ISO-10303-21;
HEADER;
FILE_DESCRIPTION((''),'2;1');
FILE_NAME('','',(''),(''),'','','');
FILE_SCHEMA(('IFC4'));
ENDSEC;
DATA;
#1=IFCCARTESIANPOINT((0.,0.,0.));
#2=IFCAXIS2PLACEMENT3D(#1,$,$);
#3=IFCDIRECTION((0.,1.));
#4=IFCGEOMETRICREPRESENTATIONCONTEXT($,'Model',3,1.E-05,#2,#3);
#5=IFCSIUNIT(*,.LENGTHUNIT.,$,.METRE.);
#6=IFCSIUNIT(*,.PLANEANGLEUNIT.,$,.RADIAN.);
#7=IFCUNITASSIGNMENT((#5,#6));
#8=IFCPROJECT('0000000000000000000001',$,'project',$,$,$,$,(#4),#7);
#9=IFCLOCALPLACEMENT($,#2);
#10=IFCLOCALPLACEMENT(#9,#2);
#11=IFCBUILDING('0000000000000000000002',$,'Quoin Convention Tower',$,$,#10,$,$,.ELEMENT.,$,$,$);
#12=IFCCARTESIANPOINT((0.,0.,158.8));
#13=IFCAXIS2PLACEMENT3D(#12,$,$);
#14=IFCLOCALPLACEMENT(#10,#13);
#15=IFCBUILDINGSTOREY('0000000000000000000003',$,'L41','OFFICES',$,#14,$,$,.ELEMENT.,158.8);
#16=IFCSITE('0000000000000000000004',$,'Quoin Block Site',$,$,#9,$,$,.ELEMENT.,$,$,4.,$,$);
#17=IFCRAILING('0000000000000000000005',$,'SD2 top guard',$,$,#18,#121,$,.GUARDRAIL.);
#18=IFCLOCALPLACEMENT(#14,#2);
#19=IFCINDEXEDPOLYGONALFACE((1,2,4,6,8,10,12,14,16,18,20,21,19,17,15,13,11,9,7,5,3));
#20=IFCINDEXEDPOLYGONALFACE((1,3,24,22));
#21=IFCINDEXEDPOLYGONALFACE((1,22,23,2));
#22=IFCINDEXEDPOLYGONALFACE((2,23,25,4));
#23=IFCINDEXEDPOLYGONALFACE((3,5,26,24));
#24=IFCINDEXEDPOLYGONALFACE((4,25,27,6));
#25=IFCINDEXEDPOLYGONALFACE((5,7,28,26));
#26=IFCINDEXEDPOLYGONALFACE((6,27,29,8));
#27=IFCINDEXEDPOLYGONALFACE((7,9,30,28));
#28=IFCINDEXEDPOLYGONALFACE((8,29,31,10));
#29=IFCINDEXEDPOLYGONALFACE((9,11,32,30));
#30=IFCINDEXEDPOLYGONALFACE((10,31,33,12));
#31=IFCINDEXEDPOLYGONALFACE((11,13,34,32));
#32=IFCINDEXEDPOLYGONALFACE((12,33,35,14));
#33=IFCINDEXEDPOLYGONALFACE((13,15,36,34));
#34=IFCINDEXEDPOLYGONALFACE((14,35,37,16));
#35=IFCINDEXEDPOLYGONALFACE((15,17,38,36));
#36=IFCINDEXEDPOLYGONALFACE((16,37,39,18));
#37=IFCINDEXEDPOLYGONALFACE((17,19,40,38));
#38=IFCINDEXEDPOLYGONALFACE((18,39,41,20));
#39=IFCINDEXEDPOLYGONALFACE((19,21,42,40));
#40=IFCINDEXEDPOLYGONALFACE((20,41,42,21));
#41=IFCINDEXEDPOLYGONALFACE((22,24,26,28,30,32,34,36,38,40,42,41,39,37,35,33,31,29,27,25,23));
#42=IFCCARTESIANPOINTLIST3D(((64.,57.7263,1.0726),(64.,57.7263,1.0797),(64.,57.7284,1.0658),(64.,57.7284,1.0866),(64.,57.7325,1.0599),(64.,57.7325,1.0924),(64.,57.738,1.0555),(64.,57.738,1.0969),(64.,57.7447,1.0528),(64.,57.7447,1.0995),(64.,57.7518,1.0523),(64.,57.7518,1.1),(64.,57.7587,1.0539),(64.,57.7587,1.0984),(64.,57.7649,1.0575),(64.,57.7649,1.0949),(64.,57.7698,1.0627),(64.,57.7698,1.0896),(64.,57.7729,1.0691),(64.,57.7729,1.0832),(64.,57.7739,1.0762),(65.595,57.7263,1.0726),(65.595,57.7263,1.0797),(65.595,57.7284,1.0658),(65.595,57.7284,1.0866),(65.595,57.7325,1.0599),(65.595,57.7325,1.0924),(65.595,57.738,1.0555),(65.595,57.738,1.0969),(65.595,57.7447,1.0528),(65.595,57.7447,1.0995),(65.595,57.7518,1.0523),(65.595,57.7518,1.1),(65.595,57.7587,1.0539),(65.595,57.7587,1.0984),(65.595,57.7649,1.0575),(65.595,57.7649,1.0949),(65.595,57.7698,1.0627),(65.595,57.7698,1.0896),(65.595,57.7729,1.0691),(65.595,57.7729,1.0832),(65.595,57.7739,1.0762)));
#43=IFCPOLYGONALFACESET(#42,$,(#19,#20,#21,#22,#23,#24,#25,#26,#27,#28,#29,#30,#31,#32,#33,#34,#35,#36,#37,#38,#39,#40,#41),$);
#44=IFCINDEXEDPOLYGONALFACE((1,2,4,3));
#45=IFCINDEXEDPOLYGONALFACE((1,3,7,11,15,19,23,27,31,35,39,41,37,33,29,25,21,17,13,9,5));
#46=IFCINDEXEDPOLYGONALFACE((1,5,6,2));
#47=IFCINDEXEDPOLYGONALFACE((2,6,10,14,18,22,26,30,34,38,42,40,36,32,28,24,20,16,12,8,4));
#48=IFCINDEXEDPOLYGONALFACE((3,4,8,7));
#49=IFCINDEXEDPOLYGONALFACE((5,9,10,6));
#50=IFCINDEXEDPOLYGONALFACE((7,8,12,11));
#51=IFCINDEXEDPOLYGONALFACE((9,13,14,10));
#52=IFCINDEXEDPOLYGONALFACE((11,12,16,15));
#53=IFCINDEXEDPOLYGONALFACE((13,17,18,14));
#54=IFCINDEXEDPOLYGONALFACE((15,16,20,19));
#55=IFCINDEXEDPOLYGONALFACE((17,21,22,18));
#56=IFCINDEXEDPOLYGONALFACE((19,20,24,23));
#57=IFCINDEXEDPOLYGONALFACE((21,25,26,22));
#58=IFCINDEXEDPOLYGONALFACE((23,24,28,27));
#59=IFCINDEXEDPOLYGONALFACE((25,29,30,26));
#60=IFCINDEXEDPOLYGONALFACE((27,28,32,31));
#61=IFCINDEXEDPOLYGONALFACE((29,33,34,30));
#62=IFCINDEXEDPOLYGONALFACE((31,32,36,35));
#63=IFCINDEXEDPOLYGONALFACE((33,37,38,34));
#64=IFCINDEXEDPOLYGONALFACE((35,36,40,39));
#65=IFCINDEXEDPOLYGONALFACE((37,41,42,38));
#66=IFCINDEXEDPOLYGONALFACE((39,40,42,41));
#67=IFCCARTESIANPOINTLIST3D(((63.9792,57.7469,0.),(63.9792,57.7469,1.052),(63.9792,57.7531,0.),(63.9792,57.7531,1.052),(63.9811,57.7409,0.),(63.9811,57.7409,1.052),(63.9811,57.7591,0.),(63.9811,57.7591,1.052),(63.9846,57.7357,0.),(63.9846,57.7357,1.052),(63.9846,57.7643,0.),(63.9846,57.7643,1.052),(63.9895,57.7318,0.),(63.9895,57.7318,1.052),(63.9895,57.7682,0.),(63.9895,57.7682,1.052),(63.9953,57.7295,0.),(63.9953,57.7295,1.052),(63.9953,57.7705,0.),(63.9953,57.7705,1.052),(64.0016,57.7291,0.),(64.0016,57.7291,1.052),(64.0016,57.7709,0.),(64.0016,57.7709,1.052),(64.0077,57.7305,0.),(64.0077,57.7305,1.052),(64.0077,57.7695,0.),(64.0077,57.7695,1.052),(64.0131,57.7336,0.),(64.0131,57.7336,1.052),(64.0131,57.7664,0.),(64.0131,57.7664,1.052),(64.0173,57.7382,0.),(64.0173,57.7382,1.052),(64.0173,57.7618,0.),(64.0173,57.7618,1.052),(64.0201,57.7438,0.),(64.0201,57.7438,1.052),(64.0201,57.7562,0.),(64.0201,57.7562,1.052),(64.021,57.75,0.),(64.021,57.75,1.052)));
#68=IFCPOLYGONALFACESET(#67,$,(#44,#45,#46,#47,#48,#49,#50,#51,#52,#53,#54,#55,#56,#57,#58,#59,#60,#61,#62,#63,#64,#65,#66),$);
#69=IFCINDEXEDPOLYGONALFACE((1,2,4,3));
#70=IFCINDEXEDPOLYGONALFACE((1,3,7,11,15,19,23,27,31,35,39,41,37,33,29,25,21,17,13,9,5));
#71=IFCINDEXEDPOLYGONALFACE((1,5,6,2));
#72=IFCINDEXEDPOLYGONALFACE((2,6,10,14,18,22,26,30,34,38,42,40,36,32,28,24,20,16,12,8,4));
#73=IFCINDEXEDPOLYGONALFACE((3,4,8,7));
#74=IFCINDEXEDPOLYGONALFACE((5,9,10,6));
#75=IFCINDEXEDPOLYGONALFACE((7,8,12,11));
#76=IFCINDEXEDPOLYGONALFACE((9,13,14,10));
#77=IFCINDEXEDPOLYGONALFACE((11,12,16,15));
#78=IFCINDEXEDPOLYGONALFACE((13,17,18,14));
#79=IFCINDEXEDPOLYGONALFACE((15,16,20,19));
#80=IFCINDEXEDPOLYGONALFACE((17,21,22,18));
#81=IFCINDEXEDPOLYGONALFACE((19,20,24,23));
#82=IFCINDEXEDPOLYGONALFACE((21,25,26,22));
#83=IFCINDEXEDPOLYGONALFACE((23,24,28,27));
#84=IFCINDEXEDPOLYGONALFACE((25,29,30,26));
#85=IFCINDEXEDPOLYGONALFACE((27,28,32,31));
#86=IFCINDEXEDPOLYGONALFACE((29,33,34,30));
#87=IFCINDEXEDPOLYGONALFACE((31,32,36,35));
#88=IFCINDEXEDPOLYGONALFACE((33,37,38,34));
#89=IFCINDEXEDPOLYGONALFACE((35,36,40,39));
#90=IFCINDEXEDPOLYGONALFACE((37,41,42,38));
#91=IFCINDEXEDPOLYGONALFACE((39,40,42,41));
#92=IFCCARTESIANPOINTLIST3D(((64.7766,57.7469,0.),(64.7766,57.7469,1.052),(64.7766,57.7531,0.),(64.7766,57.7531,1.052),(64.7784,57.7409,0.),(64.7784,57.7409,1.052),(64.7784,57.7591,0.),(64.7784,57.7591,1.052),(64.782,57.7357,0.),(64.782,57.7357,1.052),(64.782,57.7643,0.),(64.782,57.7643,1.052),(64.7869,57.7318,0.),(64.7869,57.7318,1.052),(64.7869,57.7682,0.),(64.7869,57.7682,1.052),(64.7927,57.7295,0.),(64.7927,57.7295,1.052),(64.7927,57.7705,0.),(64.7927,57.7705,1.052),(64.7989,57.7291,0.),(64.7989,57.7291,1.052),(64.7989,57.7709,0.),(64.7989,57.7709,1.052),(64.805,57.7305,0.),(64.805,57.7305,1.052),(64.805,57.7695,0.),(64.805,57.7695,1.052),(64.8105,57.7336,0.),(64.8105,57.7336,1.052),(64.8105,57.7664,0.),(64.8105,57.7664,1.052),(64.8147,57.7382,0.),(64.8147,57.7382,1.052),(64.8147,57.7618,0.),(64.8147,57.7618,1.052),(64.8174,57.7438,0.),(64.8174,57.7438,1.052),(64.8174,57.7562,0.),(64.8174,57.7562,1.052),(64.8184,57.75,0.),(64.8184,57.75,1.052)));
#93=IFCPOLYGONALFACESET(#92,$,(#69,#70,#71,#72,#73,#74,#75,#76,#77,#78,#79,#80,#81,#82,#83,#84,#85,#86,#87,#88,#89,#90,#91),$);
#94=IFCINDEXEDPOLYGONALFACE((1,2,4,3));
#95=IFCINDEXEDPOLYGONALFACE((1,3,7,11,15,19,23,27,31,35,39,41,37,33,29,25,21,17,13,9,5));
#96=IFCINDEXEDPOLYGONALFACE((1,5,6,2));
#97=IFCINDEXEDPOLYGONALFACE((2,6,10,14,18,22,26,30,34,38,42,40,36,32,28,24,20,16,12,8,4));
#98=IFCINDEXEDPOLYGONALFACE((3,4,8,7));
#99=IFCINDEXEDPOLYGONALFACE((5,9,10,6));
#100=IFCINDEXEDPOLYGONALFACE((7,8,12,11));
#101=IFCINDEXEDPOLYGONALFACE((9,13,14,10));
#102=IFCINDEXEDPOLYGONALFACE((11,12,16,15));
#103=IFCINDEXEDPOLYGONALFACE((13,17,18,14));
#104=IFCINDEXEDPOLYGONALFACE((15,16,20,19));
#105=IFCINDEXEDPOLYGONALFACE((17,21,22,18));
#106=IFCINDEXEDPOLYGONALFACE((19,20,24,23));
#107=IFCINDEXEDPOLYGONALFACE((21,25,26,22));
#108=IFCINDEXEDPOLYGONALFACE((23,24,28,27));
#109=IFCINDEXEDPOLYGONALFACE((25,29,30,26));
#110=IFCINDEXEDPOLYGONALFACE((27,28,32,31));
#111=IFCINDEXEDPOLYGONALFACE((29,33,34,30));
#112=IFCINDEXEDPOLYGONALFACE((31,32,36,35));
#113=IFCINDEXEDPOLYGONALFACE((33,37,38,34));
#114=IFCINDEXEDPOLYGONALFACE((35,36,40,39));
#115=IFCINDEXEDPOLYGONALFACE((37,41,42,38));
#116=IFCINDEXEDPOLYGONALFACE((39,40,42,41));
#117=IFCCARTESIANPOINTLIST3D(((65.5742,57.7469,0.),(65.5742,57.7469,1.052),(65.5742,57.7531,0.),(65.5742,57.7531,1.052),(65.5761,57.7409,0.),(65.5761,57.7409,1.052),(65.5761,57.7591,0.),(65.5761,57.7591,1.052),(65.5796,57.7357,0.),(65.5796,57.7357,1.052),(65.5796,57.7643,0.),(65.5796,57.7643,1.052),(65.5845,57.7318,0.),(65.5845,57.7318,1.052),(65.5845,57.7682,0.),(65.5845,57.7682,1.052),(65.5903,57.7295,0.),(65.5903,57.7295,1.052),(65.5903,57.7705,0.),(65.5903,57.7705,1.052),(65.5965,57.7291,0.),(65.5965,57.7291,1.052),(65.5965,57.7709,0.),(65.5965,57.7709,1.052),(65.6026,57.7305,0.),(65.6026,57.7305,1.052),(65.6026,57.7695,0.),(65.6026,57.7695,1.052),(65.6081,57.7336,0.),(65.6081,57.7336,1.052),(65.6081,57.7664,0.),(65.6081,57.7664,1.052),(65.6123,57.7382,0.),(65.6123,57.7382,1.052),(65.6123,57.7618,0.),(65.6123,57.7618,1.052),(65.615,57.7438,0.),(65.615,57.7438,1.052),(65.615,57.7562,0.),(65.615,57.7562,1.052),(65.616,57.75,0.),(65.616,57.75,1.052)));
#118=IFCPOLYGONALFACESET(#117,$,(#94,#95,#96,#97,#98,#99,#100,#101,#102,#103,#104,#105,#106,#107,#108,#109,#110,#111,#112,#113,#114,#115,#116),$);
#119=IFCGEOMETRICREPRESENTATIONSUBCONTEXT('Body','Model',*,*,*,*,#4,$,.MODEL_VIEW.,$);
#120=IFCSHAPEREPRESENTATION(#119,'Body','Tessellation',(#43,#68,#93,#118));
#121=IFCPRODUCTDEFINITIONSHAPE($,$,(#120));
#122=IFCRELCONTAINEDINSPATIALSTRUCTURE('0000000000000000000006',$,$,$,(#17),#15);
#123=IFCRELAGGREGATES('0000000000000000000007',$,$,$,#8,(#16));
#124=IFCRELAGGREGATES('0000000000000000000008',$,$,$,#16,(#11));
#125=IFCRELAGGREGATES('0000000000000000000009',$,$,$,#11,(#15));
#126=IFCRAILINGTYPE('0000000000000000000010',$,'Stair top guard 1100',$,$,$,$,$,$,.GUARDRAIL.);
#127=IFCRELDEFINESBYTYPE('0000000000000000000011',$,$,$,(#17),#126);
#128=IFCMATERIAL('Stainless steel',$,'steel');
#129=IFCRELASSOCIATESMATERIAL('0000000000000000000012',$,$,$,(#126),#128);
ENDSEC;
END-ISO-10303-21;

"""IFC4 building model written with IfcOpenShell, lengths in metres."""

from ifc_helpers import new_model, si_unit, direction, frame, origin, origin_2d, place, context, subcontext, project, spatial, circle, extrude, material, type_object, element, save


model = new_model("IFC4")

# Units and contexts
model_context = context("Model", 3, precision=1e-05, world=origin(), true_north=direction((0.0, 1.0)))
body_context = subcontext(model_context, "Body", "Model", "MODEL_VIEW")
ifc_project = project(units=[si_unit("LENGTHUNIT", "METRE"), si_unit("PLANEANGLEUNIT", "RADIAN")], contexts=[model_context])

# Site, building, storey
site_placement = place(None, origin())
site = spatial("IfcSite", under=ifc_project, at=site_placement, Name="Quoin Block Site", CompositionType="ELEMENT", RefElevation=4.0)
building_placement = place(site_placement, origin())
building = spatial("IfcBuilding", under=site, at=building_placement, Name="Quoin Convention Tower", CompositionType="ELEMENT")
storey_placement = place(building_placement, frame((0.0, 0.0, 158.8)))
storey = spatial("IfcBuildingStorey", under=building, at=storey_placement, Name="L41", Description="OFFICES", CompositionType="ELEMENT", Elevation=158.8)

# Railing
ifc_material_1 = material(Name="Stainless steel", Category="steel")
railing_type = type_object("IfcRailingType", Name="Stair top guard 1100", PredefinedType="GUARDRAIL", material=ifc_material_1)
railing_placement = place(storey_placement, frame((64.0, 57.75, 0.0)))
element("IfcRailing", 1, at=railing_placement, inside=storey, type_object=railing_type, Name="SD2 top guard", PredefinedType="GUARDRAIL", context=body_context, shape_type="SweptSolid", body=[
    extrude(circle(Radius=0.0239, at=origin_2d()), frame((0.0, 0.0, 1.0762), z_axis=(1.0, 0.0, 0.0), x_axis=(0.0, 1.0, 0.0)), (0.0, 0.0, 1.0), 1.595),
    extrude(circle(Radius=0.021, at=origin_2d()), origin(), (0.0, 0.0, 1.0), 1.052),
    extrude(circle(Radius=0.021, at=origin_2d()), frame((0.7974, 0.0, 0.0)), (0.0, 0.0, 1.0), 1.052),
    extrude(circle(Radius=0.021, at=origin_2d()), frame((1.595, 0.0, 0.0)), (0.0, 0.0, 1.0), 1.052),
])

save(model, "model.ifc")
